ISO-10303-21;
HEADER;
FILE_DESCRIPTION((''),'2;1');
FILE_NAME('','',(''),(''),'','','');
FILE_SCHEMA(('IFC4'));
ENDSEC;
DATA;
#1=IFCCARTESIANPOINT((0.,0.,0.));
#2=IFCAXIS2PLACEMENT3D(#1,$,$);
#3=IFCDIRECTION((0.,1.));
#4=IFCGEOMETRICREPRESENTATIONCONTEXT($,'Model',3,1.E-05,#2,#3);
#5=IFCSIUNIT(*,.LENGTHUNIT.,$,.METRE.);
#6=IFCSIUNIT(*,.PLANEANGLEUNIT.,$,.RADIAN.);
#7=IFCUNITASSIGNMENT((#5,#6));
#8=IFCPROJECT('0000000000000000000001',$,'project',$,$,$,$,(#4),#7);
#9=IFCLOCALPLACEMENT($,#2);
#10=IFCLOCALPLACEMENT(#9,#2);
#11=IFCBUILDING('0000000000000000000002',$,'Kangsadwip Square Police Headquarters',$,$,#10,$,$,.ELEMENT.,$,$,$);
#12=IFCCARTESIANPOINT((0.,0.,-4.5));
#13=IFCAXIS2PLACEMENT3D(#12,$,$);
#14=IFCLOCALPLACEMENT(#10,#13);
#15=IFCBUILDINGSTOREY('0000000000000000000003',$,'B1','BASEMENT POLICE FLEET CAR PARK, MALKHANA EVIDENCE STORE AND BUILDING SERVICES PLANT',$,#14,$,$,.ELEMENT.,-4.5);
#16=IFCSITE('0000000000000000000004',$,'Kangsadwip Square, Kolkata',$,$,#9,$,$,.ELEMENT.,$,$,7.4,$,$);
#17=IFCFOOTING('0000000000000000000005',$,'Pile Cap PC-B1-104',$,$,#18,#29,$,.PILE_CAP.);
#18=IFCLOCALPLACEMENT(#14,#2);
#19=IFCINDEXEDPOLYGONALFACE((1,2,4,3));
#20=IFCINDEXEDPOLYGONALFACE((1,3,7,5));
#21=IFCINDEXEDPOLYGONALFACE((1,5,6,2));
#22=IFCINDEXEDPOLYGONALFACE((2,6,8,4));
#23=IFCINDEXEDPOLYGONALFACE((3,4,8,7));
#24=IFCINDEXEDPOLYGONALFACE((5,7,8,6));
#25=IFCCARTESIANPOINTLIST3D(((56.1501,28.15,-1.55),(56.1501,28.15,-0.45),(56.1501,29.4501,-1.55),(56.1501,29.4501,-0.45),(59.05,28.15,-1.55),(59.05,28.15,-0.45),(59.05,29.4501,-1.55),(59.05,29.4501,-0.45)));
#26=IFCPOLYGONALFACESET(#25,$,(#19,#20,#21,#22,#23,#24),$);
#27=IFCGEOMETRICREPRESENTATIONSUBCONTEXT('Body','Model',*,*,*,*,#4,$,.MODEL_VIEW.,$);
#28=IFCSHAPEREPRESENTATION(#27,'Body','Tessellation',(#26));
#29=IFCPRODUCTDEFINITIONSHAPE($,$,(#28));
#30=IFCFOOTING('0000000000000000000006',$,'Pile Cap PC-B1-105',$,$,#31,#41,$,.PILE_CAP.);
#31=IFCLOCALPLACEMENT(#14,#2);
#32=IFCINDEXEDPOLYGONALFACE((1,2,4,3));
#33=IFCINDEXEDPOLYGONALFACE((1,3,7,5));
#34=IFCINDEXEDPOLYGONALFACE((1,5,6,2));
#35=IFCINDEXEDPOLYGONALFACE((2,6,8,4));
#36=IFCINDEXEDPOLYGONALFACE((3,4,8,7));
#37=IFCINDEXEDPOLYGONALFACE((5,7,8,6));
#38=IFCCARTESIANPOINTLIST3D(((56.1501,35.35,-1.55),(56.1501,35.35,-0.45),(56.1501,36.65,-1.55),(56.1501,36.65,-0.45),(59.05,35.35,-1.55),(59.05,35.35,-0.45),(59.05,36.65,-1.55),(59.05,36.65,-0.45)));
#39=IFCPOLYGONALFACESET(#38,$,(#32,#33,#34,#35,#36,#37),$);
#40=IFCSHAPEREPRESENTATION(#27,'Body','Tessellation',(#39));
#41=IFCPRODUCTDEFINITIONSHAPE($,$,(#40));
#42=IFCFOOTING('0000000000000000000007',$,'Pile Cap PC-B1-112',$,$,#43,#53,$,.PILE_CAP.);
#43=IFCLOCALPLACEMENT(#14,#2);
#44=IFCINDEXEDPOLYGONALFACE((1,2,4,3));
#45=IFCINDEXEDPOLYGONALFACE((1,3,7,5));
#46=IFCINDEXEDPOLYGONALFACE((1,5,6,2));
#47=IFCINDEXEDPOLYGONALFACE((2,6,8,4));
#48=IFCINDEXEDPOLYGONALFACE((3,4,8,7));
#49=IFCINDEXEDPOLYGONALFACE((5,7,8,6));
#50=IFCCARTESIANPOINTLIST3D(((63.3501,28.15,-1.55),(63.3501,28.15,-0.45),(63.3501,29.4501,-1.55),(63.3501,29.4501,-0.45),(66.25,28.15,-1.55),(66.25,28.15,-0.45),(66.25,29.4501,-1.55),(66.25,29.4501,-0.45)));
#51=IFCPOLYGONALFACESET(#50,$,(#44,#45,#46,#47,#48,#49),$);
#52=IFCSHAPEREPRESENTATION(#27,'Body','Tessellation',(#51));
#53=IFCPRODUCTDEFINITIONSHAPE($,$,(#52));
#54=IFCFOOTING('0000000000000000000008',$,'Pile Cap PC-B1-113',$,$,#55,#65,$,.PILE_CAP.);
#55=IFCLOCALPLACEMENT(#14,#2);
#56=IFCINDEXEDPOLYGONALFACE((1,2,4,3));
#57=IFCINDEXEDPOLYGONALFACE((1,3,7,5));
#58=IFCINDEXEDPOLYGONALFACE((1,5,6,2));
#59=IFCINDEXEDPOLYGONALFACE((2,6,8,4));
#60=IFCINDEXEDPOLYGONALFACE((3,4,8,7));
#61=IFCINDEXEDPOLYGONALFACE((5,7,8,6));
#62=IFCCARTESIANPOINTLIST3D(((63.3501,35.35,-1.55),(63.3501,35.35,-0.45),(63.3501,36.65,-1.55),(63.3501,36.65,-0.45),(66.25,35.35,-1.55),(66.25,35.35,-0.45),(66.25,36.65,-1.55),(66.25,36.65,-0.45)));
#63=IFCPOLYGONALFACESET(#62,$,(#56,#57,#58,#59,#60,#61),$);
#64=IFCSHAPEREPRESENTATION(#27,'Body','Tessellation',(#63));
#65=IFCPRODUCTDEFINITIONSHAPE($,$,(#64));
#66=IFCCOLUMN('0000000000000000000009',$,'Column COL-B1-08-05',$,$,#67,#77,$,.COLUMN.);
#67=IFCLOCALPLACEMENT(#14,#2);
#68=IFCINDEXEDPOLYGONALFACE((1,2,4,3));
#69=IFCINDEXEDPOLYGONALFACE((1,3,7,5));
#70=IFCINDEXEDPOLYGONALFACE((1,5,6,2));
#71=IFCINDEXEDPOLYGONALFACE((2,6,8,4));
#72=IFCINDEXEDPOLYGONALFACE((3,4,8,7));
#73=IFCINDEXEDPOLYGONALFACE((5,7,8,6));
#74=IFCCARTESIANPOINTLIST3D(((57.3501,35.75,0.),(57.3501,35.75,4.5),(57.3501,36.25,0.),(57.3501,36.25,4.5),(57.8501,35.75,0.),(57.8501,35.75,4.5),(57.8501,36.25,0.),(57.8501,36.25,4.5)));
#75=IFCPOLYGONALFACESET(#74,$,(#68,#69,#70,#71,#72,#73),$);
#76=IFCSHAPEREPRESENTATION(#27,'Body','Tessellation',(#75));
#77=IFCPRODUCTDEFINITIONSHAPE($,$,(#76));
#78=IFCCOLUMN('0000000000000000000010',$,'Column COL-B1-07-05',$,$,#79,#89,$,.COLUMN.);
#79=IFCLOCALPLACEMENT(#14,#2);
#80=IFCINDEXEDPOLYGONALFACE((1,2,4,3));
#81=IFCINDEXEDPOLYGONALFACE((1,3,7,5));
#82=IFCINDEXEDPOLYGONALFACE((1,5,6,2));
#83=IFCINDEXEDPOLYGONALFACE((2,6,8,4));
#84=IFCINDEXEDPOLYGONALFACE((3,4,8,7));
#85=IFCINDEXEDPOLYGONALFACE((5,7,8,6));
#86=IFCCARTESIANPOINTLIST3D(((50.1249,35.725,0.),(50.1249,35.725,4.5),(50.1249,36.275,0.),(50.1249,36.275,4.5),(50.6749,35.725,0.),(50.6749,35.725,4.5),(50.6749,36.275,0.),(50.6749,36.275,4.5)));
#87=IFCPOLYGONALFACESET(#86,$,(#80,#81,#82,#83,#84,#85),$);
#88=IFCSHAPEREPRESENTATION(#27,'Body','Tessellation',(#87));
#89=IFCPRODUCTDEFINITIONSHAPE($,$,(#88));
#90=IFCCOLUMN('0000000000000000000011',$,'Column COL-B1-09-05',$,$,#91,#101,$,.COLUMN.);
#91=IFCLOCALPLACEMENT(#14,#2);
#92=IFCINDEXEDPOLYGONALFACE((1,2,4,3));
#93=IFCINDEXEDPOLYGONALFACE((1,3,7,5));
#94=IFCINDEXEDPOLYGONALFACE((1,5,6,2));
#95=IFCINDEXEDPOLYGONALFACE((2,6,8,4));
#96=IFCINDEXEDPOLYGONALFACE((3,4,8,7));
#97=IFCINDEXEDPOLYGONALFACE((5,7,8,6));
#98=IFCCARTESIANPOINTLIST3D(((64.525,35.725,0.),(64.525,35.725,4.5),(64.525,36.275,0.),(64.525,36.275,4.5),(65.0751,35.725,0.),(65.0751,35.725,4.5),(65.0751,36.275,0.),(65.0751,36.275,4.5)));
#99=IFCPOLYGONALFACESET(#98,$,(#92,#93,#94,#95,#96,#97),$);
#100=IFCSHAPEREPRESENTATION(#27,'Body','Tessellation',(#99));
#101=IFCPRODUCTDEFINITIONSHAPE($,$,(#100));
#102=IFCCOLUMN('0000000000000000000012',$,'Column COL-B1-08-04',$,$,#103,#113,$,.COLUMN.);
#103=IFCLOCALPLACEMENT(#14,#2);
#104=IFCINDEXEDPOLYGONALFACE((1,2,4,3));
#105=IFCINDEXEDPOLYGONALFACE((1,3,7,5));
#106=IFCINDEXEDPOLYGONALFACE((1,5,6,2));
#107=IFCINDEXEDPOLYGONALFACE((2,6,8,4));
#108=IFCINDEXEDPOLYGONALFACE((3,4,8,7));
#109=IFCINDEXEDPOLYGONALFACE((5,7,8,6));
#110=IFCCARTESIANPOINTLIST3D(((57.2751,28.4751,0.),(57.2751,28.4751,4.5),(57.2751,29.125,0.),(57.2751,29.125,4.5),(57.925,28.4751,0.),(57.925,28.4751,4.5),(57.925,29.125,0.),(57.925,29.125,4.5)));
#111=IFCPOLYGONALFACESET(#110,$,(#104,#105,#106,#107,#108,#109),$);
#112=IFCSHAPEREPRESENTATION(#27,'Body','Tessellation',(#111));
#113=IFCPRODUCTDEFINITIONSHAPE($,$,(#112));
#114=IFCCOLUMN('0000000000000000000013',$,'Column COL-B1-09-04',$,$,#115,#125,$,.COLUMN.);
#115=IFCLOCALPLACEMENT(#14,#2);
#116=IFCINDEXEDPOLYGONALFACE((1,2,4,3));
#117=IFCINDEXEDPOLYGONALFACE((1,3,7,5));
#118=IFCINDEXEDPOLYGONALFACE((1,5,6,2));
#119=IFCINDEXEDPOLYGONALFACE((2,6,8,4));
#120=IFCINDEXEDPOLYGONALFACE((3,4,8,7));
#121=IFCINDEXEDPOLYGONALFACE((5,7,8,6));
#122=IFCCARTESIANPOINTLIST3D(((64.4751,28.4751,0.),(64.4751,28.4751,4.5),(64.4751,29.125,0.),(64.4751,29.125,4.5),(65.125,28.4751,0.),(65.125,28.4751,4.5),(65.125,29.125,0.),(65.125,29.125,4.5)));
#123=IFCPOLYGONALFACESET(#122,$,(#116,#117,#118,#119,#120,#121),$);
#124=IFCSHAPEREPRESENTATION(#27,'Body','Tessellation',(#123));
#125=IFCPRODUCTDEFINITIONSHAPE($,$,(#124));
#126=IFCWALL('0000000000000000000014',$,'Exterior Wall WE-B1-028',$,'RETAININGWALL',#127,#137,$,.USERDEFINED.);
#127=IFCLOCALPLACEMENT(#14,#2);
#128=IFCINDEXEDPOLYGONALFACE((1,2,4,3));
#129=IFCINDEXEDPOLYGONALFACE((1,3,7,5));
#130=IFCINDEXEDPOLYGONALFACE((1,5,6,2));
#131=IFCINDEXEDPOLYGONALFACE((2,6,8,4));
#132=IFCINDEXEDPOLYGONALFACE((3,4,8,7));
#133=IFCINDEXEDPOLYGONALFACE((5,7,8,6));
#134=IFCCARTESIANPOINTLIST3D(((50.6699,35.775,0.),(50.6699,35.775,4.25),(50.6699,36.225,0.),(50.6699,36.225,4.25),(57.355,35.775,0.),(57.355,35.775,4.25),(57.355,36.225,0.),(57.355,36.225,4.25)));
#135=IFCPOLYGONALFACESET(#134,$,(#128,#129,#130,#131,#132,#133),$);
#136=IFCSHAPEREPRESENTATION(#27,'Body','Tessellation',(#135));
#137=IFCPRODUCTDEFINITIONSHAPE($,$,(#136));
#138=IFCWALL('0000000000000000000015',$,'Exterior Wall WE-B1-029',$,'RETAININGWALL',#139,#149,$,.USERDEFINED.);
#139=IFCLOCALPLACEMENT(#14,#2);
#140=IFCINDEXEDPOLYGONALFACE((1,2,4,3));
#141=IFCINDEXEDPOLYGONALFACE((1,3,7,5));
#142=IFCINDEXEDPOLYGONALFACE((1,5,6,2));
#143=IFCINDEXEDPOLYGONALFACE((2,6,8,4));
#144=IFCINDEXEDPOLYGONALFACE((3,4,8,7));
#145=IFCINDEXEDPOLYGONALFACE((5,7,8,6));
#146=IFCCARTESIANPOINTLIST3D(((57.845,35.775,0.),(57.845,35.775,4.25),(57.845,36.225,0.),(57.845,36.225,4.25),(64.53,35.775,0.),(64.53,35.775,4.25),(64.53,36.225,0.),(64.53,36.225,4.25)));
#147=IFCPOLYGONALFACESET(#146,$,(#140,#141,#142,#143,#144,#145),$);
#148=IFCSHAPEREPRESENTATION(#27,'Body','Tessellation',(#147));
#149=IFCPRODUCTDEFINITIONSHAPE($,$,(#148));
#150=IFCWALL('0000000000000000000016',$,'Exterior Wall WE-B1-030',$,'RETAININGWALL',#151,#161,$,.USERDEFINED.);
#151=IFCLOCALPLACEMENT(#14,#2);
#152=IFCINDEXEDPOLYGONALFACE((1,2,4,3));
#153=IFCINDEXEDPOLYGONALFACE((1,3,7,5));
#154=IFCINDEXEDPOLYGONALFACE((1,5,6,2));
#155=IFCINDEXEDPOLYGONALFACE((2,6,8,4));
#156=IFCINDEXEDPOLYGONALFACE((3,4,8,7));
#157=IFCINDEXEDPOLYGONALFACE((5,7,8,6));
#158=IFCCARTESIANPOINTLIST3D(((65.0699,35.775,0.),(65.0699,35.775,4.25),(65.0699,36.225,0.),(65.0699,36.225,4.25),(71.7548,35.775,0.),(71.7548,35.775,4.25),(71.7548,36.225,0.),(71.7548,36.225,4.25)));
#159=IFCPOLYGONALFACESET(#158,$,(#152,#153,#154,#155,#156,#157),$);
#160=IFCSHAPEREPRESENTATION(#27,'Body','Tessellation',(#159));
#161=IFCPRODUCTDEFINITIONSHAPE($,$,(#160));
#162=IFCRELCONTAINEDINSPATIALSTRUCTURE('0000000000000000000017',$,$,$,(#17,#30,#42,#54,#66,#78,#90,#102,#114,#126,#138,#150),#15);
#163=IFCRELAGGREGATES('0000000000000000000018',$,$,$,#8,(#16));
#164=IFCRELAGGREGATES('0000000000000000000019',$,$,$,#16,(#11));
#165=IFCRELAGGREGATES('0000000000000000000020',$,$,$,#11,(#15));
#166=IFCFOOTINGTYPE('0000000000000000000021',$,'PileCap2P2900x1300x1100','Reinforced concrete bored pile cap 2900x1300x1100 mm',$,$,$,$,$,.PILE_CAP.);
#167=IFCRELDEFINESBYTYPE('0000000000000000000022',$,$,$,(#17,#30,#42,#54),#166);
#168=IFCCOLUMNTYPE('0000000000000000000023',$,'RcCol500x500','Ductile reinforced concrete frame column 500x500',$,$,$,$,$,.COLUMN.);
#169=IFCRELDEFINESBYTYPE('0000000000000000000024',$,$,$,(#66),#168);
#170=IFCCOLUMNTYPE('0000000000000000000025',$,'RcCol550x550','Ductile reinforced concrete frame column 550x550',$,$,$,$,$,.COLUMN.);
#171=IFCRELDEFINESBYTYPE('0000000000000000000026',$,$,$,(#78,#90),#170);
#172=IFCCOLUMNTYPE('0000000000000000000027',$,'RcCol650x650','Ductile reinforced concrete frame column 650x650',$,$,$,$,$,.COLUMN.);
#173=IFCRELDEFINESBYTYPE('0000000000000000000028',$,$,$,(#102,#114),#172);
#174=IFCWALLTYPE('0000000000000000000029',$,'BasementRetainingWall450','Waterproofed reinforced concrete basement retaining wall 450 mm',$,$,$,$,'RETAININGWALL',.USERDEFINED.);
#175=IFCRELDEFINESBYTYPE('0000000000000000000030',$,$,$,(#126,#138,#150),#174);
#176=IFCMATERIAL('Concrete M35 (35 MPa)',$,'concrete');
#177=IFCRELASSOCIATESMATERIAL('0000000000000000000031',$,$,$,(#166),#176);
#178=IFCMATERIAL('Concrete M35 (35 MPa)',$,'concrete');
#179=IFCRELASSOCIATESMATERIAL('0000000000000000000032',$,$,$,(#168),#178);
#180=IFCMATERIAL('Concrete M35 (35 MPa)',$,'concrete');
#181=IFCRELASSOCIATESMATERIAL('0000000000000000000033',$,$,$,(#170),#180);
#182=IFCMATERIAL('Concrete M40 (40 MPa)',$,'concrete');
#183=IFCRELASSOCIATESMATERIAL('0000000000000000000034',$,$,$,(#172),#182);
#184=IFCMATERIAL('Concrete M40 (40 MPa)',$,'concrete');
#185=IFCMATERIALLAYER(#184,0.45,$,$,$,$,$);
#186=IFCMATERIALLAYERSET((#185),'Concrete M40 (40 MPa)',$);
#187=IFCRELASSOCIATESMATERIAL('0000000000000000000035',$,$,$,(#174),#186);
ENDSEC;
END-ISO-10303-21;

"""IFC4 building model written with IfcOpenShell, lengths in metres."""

from ifc_helpers import new_model, si_unit, direction, frame, frame_2d, origin, origin_2d, place, context, subcontext, project, spatial, rectangle, extrude, material, layer, layer_set, material_profile, profile_set, type_object, element, save


model = new_model("IFC4")

# Units and contexts
model_context = context("Model", 3, precision=1e-05, world=origin(), true_north=direction((0.0, 1.0)))
body_context = subcontext(model_context, "Body", "Model", "MODEL_VIEW")
ifc_project = project(units=[si_unit("LENGTHUNIT", "METRE"), si_unit("PLANEANGLEUNIT", "RADIAN")], contexts=[model_context])

# Site, building, storey
site_placement = place(None, origin())
site = spatial("IfcSite", under=ifc_project, at=site_placement, Name="Kangsadwip Square, Kolkata", CompositionType="ELEMENT", RefElevation=7.4)
building_placement = place(site_placement, origin())
building = spatial("IfcBuilding", under=site, at=building_placement, Name="Kangsadwip Square Police Headquarters", CompositionType="ELEMENT")
storey_placement = place(building_placement, frame((0.0, 0.0, -4.5)))
storey = spatial("IfcBuildingStorey", under=building, at=storey_placement, Name="B1", Description="BASEMENT POLICE FLEET CAR PARK, MALKHANA EVIDENCE STORE AND BUILDING SERVICES PLANT", CompositionType="ELEMENT", Elevation=-4.5)

# Footings
ifc_material_1 = material(Name="Concrete M35 (35 MPa)", Category="concrete")
footing_type = type_object("IfcFootingType", Name="PileCap2P2900x1300x1100", Description="Reinforced concrete bored pile cap 2900x1300x1100 mm", PredefinedType="PILE_CAP", material=ifc_material_1)
for number, where, z_axis, x_axis, name in (
    (1, (57.6001, 28.8, -1.55), (0.0, 0.0, 1.0), (1.0, 0.0, 0.0), "Pile Cap PC-B1-104"),
    (2, (57.6001, 36.0, -1.55), (0.0, 0.0, 1.0), (1.0, 0.0, 0.0), "Pile Cap PC-B1-105"),
    (3, (64.8, 28.8, -1.55), (0.0, 0.0, 1.0), (1.0, 0.0, 0.0), "Pile Cap PC-B1-112"),
    (4, (64.8, 36.0, -1.55), (0.0, 0.0, 1.0), (1.0, 0.0, 0.0), "Pile Cap PC-B1-113"),
):
    element("IfcFooting", number, at=place(storey_placement, frame(where, z_axis=z_axis, x_axis=x_axis)), inside=storey, type_object=footing_type, Name=name, PredefinedType="PILE_CAP", context=body_context, shape_type="SweptSolid", body=[
        extrude(rectangle(XDim=2.8999, YDim=1.3, at=origin_2d()), origin(), (0.0, 0.0, 1.0), 1.1001),
    ])

# Columns
ifc_material_2 = material(Name="Concrete M35 (35 MPa)", Category="concrete")
ifc_material_profile_1 = material_profile(ifc_material_2, rectangle(XDim=0.5, YDim=0.5, at=origin_2d()), Name="RC COL 500X500")
ifc_profile_set_1 = profile_set([ifc_material_profile_1], Name="Concrete M35 (35 MPa)")
column_type_1 = type_object("IfcColumnType", Name="RcCol500x500", Description="Ductile reinforced concrete frame column 500x500", PredefinedType="COLUMN", material=ifc_profile_set_1)
column_placement = place(storey_placement, frame((57.6001, 36.0, 0.0), z_axis=(0.0, 0.0, 1.0), x_axis=(1.0, 0.0, 0.0)))
element("IfcColumn", 5, at=column_placement, inside=storey, type_object=column_type_1, Name="Column COL-B1-08-05", PredefinedType="COLUMN", context=body_context, shape_type="SweptSolid", body=[
    extrude(rectangle(XDim=0.5, YDim=0.5, at=origin_2d()), origin(), (0.0, 0.0, 1.0), 4.5),
])
ifc_material_3 = material(Name="Concrete M35 (35 MPa)", Category="concrete")
ifc_material_profile_2 = material_profile(ifc_material_3, rectangle(XDim=0.55, YDim=0.55, at=origin_2d()), Name="RC COL 550X550")
ifc_profile_set_2 = profile_set([ifc_material_profile_2], Name="Concrete M35 (35 MPa)")
column_type_2 = type_object("IfcColumnType", Name="RcCol550x550", Description="Ductile reinforced concrete frame column 550x550", PredefinedType="COLUMN", material=ifc_profile_set_2)
for number, where, z_axis, x_axis, name in (
    (6, (50.3999, 36.0, 0.0), (0.0, 0.0, 1.0), (1.0, 0.0, 0.0), "Column COL-B1-07-05"),
    (7, (64.8, 36.0, 0.0), (0.0, 0.0, 1.0), (1.0, 0.0, 0.0), "Column COL-B1-09-05"),
):
    element("IfcColumn", number, at=place(storey_placement, frame(where, z_axis=z_axis, x_axis=x_axis)), inside=storey, type_object=column_type_2, Name=name, PredefinedType="COLUMN", context=body_context, shape_type="SweptSolid", body=[
        extrude(rectangle(XDim=0.55, YDim=0.55, at=origin_2d()), origin(), (0.0, 0.0, 1.0), 4.5),
    ])
ifc_material_4 = material(Name="Concrete M40 (40 MPa)", Category="concrete")
ifc_material_profile_3 = material_profile(ifc_material_4, rectangle(XDim=0.6499, YDim=0.6499, at=origin_2d()), Name="RC COL 650X650")
ifc_profile_set_3 = profile_set([ifc_material_profile_3], Name="Concrete M40 (40 MPa)")
column_type_3 = type_object("IfcColumnType", Name="RcCol650x650", Description="Ductile reinforced concrete frame column 650x650", PredefinedType="COLUMN", material=ifc_profile_set_3)
for number, where, z_axis, x_axis, name in (
    (8, (57.6001, 28.8, 0.0), (0.0, 0.0, 1.0), (1.0, 0.0, 0.0), "Column COL-B1-08-04"),
    (9, (64.8, 28.8, 0.0), (0.0, 0.0, 1.0), (1.0, 0.0, 0.0), "Column COL-B1-09-04"),
):
    element("IfcColumn", number, at=place(storey_placement, frame(where, z_axis=z_axis, x_axis=x_axis)), inside=storey, type_object=column_type_3, Name=name, PredefinedType="COLUMN", context=body_context, shape_type="SweptSolid", body=[
        extrude(rectangle(XDim=0.6499, YDim=0.6499, at=origin_2d()), origin(), (0.0, 0.0, 1.0), 4.5),
    ])

# Walls
ifc_material_5 = material(Name="Concrete M40 (40 MPa)", Category="concrete")
ifc_layer = layer(ifc_material_5, 0.45)
ifc_layer_set = layer_set([ifc_layer], Name="Concrete M40 (40 MPa)")
wall_type = type_object("IfcWallType", Name="BasementRetainingWall450", Description="Waterproofed reinforced concrete basement retaining wall 450 mm", ElementType="RETAININGWALL", PredefinedType="USERDEFINED", material=ifc_layer_set)
for number, where, z_axis, x_axis, name in (
    (10, (50.6699, 36.0, 0.0), (0.0, 0.0, 1.0), (1.0, 0.0, 0.0), "Exterior Wall WE-B1-028"),
    (11, (57.845, 36.0, 0.0), (0.0, 0.0, 1.0), (1.0, 0.0, 0.0), "Exterior Wall WE-B1-029"),
):
    element("IfcWall", number, at=place(storey_placement, frame(where, z_axis=z_axis, x_axis=x_axis)), inside=storey, type_object=wall_type, Name=name, ObjectType="RETAININGWALL", PredefinedType="USERDEFINED", context=body_context, shape_type="SweptSolid", body=[
        extrude(rectangle(XDim=6.6851, YDim=0.45, at=frame_2d((3.3425, 0.0))), origin(), (0.0, 0.0, 1.0), 4.25),
    ])
wall_placement = place(storey_placement, frame((65.0701, 36.0, 0.0), z_axis=(0.0, 0.0, 1.0), x_axis=(1.0, 0.0, 0.0)))
element("IfcWall", 12, at=wall_placement, inside=storey, type_object=wall_type, Name="Exterior Wall WE-B1-030", ObjectType="RETAININGWALL", PredefinedType="USERDEFINED", context=body_context, shape_type="SweptSolid", body=[
    extrude(rectangle(XDim=6.6848, YDim=0.45, at=frame_2d((3.3423, 0.0))), origin(), (0.0, 0.0, 1.0), 4.25),
])

save(model, "model.ifc")
